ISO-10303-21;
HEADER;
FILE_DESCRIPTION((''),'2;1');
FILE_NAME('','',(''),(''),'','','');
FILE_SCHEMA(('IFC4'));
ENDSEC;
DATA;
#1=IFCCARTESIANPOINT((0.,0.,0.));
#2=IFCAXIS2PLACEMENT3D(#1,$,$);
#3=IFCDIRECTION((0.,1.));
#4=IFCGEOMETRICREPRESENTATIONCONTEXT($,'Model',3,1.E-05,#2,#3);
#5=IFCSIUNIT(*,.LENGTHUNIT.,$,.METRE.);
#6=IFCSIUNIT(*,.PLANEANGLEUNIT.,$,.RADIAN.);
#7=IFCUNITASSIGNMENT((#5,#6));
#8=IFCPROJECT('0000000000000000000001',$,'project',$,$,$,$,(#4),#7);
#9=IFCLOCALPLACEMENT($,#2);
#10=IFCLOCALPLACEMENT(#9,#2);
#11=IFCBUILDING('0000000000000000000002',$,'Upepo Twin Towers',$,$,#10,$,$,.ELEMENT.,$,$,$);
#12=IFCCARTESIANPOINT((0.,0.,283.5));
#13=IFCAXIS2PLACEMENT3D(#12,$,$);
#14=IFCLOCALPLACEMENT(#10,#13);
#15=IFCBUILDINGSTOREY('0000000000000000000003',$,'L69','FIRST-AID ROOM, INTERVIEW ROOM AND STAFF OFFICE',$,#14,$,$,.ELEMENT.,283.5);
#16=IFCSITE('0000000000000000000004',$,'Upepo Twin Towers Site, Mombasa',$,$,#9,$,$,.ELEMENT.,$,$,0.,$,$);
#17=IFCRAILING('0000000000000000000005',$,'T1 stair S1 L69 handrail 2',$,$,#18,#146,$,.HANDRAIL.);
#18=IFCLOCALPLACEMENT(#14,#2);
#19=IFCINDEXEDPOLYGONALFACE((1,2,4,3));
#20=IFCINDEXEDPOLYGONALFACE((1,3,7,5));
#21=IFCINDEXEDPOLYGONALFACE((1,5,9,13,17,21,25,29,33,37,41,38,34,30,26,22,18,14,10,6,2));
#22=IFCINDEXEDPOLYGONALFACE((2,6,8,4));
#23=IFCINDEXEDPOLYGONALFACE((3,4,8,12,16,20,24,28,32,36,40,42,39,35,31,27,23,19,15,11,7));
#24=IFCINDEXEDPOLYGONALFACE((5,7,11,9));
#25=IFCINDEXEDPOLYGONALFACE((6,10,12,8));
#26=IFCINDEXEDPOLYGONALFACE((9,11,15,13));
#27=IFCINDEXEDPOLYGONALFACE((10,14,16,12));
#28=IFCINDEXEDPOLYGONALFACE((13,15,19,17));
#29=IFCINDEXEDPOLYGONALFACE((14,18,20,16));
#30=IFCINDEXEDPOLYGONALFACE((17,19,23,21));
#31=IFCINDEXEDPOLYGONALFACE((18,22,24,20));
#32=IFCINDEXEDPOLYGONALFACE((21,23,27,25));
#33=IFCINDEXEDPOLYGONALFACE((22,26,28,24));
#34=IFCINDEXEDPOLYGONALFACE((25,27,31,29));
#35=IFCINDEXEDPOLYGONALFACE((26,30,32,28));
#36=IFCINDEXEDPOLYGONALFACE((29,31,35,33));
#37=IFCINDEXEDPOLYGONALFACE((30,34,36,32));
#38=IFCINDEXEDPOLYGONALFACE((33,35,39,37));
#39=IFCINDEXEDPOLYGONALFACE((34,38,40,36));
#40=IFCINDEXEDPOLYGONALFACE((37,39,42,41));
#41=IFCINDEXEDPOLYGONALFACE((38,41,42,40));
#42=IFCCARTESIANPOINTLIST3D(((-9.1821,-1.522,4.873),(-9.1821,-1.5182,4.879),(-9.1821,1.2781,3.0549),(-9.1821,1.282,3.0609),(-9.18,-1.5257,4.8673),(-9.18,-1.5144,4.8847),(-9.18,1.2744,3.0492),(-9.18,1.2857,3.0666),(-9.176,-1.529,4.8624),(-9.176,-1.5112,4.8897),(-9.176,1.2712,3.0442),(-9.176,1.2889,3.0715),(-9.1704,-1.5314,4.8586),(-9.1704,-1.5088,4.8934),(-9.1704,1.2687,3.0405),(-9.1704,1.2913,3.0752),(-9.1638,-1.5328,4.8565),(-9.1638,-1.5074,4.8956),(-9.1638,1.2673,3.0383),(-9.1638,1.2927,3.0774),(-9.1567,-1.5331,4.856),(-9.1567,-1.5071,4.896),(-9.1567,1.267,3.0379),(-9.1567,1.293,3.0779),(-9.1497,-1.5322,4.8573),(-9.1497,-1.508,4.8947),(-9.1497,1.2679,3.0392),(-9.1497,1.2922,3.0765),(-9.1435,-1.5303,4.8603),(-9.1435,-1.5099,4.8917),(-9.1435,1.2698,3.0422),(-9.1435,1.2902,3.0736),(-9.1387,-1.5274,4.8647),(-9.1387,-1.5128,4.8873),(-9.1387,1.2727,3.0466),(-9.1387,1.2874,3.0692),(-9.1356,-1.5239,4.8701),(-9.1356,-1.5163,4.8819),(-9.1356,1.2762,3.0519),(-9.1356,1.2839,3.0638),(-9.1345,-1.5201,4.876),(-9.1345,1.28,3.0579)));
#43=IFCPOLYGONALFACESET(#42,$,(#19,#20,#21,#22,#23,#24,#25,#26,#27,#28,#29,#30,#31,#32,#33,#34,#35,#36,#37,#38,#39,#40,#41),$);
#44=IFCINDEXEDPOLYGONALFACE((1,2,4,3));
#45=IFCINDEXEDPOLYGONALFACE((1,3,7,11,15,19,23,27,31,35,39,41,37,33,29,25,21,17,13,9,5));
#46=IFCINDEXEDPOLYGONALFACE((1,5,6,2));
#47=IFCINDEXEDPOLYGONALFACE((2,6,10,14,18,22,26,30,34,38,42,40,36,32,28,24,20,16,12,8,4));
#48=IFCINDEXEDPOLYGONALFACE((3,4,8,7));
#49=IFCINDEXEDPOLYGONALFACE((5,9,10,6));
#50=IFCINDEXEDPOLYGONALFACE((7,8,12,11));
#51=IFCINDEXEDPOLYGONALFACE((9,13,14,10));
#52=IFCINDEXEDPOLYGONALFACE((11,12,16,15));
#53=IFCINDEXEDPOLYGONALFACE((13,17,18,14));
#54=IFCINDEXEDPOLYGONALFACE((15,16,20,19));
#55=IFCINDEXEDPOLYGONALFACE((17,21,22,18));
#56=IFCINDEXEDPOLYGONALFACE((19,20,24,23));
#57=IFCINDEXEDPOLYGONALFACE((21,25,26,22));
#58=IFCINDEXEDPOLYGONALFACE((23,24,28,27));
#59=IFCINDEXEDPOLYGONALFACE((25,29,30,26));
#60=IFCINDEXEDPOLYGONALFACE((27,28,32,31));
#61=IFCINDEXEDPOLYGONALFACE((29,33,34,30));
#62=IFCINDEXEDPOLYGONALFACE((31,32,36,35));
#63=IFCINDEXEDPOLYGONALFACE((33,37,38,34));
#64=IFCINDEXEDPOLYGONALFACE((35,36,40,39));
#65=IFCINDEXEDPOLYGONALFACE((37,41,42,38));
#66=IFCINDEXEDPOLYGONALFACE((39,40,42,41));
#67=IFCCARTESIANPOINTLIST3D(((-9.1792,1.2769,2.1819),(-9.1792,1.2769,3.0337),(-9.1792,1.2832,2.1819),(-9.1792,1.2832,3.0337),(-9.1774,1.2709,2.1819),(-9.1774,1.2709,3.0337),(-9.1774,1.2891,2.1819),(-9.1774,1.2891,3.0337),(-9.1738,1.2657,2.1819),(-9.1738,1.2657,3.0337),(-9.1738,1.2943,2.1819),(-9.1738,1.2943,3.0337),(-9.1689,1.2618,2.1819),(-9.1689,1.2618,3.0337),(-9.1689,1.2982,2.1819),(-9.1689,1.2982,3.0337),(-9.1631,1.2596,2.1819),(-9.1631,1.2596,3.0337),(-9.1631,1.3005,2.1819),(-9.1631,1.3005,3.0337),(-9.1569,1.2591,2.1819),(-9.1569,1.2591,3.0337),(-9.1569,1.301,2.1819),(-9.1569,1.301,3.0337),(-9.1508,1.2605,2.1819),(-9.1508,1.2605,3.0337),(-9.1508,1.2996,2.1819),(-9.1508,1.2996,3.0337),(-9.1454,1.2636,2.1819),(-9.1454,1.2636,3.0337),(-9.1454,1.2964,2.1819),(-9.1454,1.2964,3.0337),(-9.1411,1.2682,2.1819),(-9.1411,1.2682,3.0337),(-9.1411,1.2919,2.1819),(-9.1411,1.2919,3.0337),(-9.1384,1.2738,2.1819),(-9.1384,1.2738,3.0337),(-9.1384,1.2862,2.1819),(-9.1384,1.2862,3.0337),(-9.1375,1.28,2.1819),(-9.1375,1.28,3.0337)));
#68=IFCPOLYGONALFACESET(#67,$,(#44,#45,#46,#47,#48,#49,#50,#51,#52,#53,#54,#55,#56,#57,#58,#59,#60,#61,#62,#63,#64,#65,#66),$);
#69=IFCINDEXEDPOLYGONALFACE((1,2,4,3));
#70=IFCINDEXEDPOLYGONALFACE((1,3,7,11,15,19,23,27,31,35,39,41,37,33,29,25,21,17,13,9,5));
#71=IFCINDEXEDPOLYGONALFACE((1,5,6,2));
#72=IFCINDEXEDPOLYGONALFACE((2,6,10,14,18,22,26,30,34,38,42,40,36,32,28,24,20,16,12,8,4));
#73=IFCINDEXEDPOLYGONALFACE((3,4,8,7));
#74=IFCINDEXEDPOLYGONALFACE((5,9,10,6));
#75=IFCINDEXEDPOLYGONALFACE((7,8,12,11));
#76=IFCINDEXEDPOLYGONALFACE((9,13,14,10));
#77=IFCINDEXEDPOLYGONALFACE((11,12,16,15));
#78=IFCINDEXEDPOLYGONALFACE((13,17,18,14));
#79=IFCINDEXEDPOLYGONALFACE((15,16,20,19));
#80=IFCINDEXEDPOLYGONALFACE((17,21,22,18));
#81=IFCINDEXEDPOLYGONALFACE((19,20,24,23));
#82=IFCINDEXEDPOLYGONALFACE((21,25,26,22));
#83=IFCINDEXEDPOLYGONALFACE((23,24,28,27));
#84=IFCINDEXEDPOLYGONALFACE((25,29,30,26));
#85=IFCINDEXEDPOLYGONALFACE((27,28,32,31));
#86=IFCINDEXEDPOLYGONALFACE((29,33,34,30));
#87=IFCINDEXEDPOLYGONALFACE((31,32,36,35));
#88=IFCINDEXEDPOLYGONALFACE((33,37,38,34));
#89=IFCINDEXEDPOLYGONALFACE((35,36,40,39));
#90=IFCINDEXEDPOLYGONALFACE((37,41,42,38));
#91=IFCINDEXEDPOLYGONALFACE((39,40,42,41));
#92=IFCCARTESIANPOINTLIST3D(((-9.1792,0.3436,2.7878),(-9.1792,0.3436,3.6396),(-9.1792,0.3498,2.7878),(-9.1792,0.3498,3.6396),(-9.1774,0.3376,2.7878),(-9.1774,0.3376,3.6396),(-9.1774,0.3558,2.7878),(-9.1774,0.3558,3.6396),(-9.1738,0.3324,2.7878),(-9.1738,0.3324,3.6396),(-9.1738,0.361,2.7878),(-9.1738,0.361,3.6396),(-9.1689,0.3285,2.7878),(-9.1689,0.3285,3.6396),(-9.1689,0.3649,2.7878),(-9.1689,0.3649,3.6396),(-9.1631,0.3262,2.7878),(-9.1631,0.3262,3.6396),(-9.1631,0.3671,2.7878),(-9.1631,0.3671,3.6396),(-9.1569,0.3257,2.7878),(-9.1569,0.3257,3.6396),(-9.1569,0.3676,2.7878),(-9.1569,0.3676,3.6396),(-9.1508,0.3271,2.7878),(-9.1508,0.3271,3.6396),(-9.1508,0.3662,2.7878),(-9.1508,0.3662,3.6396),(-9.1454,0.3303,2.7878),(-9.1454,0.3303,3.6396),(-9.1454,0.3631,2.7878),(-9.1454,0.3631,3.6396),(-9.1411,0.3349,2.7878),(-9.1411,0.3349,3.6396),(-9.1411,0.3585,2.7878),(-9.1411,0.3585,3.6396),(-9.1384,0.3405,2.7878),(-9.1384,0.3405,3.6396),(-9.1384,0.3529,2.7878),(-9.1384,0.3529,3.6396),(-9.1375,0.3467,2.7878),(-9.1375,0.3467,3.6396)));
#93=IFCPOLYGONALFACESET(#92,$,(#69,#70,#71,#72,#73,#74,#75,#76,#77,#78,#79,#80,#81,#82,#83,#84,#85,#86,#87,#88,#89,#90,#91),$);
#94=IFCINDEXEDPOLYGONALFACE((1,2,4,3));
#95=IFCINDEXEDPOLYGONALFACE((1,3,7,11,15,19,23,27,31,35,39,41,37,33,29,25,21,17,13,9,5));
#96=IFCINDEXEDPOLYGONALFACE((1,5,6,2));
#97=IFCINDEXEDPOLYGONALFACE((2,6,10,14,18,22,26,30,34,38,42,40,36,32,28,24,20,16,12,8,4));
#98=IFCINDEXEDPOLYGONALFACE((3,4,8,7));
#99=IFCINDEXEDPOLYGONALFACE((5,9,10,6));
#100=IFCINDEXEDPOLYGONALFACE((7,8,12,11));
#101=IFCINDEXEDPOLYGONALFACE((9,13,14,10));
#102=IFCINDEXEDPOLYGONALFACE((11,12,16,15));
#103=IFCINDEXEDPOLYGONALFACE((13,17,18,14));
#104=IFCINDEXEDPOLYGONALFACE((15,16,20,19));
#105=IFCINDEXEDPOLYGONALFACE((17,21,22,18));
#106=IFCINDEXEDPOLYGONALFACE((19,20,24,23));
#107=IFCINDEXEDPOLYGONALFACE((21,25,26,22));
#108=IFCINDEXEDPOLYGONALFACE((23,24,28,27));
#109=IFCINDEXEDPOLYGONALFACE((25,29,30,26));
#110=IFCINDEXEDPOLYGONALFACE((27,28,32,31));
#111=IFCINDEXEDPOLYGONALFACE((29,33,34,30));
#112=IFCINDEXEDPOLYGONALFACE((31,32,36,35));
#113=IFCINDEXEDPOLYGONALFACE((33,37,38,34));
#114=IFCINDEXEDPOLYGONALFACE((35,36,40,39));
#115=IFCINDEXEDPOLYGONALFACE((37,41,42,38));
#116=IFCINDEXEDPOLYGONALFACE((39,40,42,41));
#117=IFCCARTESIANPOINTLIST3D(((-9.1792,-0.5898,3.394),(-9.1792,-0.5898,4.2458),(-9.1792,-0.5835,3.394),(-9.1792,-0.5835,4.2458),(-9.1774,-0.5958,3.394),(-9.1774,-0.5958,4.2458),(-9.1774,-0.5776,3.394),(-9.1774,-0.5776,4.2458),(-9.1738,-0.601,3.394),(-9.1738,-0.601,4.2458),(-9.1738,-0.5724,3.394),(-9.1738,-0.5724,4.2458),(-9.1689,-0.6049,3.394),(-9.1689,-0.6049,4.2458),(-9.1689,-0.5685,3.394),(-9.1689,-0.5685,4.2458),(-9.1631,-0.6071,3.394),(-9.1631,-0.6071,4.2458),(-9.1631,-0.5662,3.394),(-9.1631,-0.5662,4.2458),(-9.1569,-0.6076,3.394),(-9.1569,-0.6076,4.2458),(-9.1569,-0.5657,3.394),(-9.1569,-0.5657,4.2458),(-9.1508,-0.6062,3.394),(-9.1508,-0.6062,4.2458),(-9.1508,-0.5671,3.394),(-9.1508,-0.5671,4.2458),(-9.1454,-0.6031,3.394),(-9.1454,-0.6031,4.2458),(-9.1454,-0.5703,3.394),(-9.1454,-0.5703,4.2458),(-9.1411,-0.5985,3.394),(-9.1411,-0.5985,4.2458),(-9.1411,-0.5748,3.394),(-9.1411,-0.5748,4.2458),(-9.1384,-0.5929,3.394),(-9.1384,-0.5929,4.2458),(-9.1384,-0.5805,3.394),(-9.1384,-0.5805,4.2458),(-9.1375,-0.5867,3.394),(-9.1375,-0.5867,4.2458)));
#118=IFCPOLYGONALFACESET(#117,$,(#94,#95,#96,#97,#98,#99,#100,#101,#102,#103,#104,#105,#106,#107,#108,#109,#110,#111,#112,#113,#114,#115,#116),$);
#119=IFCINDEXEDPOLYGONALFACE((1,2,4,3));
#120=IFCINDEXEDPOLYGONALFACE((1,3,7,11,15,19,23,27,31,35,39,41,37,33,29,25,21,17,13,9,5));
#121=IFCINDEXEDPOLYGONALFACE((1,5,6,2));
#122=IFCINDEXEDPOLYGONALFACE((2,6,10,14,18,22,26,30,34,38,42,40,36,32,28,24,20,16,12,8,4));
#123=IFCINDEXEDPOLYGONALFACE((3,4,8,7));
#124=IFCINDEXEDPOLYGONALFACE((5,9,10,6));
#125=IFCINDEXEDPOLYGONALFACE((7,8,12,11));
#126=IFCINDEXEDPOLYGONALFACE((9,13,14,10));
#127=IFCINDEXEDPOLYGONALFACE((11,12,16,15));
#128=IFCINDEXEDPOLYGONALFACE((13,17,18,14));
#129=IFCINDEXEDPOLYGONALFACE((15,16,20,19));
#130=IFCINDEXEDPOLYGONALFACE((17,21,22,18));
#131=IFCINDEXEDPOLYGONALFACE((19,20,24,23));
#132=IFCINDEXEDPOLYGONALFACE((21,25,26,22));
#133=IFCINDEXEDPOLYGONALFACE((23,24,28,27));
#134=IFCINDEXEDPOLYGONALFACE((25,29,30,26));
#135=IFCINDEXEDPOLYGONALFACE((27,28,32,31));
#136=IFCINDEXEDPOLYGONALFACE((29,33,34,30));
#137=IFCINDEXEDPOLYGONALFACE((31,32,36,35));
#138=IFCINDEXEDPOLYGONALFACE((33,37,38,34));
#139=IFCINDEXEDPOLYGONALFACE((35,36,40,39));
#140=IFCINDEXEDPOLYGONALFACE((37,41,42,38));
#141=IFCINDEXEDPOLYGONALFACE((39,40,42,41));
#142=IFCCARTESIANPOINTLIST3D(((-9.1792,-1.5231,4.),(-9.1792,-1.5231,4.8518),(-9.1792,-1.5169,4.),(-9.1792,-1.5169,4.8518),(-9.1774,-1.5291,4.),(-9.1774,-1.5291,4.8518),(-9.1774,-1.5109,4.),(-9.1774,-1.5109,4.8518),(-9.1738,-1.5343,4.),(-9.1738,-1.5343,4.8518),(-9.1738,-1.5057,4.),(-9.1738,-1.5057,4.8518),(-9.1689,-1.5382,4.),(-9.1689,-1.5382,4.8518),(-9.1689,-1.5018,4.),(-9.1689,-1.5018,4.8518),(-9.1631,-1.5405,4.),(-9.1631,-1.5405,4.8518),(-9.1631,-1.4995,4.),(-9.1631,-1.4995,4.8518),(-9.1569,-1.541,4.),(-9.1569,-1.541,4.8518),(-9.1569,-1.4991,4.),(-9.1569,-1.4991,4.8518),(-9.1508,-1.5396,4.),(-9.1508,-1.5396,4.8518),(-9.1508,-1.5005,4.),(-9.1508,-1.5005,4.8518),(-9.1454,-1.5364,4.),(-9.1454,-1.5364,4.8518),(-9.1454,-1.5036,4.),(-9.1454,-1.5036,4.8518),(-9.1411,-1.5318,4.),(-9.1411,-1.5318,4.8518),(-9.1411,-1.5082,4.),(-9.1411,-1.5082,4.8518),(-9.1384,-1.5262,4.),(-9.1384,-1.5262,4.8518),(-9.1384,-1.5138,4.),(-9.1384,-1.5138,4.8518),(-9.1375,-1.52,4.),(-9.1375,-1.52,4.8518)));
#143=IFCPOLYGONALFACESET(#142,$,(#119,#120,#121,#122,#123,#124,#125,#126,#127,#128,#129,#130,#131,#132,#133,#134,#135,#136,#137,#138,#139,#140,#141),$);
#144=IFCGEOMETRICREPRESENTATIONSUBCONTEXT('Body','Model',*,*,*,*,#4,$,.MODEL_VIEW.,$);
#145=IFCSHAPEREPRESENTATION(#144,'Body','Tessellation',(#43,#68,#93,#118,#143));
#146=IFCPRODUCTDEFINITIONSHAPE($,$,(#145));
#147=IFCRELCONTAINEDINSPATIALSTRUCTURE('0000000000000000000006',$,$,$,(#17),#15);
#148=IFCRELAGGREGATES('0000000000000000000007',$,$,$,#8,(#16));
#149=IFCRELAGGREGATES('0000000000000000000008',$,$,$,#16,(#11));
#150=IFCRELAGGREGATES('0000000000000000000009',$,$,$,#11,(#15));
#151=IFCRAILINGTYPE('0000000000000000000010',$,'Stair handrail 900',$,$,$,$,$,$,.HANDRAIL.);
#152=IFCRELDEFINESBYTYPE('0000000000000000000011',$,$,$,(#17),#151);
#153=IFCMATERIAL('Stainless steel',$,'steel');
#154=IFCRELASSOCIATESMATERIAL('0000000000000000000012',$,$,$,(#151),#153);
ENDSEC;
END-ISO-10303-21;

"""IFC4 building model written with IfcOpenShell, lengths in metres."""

from ifc_helpers import new_model, si_unit, direction, frame, origin, origin_2d, place, context, subcontext, project, spatial, circle, extrude, material, type_object, element, save


model = new_model("IFC4")

# Units and contexts
model_context = context("Model", 3, precision=1e-05, world=origin(), true_north=direction((0.0, 1.0)))
body_context = subcontext(model_context, "Body", "Model", "MODEL_VIEW")
ifc_project = project(units=[si_unit("LENGTHUNIT", "METRE"), si_unit("PLANEANGLEUNIT", "RADIAN")], contexts=[model_context])

# Site, building, storey
site_placement = place(None, origin())
site = spatial("IfcSite", under=ifc_project, at=site_placement, Name="Upepo Twin Towers Site, Mombasa", CompositionType="ELEMENT", RefElevation=0.0)
building_placement = place(site_placement, origin())
building = spatial("IfcBuilding", under=site, at=building_placement, Name="Upepo Twin Towers", CompositionType="ELEMENT")
storey_placement = place(building_placement, frame((0.0, 0.0, 283.5)))
storey = spatial("IfcBuildingStorey", under=building, at=storey_placement, Name="L69", Description="FIRST-AID ROOM, INTERVIEW ROOM AND STAFF OFFICE", CompositionType="ELEMENT", Elevation=283.5)

# Railing
ifc_material_1 = material(Name="Stainless steel", Category="steel")
railing_type = type_object("IfcRailingType", Name="Stair handrail 900", PredefinedType="HANDRAIL", material=ifc_material_1)
railing_placement = place(storey_placement, frame((-9.1584, 1.28, 2.1819)))
element("IfcRailing", 1, at=railing_placement, inside=storey, type_object=railing_type, Name="T1 stair S1 L69 handrail 2", PredefinedType="HANDRAIL", context=body_context, shape_type="SweptSolid", body=[
    extrude(circle(Radius=0.0239, at=origin_2d()), frame((0.0, 0.0, 0.876), z_axis=(0.0, -0.838706, 0.544585), x_axis=(1.0, 0.0, 0.0)), (0.0, 0.0, 1.0), 3.3386),
    extrude(circle(Radius=0.021, at=origin_2d()), origin(), (0.0, 0.0, 1.0), 0.8518),
    extrude(circle(Radius=0.021, at=origin_2d()), frame((0.0, -0.9333, 0.606)), (0.0, 0.0, 1.0), 0.8518),
    extrude(circle(Radius=0.021, at=origin_2d()), frame((0.0, -1.8667, 1.2122)), (0.0, 0.0, 1.0), 0.8518),
    extrude(circle(Radius=0.021, at=origin_2d()), frame((0.0, -2.8, 1.8181)), (0.0, 0.0, 1.0), 0.8518),
])

save(model, "model.ifc")
